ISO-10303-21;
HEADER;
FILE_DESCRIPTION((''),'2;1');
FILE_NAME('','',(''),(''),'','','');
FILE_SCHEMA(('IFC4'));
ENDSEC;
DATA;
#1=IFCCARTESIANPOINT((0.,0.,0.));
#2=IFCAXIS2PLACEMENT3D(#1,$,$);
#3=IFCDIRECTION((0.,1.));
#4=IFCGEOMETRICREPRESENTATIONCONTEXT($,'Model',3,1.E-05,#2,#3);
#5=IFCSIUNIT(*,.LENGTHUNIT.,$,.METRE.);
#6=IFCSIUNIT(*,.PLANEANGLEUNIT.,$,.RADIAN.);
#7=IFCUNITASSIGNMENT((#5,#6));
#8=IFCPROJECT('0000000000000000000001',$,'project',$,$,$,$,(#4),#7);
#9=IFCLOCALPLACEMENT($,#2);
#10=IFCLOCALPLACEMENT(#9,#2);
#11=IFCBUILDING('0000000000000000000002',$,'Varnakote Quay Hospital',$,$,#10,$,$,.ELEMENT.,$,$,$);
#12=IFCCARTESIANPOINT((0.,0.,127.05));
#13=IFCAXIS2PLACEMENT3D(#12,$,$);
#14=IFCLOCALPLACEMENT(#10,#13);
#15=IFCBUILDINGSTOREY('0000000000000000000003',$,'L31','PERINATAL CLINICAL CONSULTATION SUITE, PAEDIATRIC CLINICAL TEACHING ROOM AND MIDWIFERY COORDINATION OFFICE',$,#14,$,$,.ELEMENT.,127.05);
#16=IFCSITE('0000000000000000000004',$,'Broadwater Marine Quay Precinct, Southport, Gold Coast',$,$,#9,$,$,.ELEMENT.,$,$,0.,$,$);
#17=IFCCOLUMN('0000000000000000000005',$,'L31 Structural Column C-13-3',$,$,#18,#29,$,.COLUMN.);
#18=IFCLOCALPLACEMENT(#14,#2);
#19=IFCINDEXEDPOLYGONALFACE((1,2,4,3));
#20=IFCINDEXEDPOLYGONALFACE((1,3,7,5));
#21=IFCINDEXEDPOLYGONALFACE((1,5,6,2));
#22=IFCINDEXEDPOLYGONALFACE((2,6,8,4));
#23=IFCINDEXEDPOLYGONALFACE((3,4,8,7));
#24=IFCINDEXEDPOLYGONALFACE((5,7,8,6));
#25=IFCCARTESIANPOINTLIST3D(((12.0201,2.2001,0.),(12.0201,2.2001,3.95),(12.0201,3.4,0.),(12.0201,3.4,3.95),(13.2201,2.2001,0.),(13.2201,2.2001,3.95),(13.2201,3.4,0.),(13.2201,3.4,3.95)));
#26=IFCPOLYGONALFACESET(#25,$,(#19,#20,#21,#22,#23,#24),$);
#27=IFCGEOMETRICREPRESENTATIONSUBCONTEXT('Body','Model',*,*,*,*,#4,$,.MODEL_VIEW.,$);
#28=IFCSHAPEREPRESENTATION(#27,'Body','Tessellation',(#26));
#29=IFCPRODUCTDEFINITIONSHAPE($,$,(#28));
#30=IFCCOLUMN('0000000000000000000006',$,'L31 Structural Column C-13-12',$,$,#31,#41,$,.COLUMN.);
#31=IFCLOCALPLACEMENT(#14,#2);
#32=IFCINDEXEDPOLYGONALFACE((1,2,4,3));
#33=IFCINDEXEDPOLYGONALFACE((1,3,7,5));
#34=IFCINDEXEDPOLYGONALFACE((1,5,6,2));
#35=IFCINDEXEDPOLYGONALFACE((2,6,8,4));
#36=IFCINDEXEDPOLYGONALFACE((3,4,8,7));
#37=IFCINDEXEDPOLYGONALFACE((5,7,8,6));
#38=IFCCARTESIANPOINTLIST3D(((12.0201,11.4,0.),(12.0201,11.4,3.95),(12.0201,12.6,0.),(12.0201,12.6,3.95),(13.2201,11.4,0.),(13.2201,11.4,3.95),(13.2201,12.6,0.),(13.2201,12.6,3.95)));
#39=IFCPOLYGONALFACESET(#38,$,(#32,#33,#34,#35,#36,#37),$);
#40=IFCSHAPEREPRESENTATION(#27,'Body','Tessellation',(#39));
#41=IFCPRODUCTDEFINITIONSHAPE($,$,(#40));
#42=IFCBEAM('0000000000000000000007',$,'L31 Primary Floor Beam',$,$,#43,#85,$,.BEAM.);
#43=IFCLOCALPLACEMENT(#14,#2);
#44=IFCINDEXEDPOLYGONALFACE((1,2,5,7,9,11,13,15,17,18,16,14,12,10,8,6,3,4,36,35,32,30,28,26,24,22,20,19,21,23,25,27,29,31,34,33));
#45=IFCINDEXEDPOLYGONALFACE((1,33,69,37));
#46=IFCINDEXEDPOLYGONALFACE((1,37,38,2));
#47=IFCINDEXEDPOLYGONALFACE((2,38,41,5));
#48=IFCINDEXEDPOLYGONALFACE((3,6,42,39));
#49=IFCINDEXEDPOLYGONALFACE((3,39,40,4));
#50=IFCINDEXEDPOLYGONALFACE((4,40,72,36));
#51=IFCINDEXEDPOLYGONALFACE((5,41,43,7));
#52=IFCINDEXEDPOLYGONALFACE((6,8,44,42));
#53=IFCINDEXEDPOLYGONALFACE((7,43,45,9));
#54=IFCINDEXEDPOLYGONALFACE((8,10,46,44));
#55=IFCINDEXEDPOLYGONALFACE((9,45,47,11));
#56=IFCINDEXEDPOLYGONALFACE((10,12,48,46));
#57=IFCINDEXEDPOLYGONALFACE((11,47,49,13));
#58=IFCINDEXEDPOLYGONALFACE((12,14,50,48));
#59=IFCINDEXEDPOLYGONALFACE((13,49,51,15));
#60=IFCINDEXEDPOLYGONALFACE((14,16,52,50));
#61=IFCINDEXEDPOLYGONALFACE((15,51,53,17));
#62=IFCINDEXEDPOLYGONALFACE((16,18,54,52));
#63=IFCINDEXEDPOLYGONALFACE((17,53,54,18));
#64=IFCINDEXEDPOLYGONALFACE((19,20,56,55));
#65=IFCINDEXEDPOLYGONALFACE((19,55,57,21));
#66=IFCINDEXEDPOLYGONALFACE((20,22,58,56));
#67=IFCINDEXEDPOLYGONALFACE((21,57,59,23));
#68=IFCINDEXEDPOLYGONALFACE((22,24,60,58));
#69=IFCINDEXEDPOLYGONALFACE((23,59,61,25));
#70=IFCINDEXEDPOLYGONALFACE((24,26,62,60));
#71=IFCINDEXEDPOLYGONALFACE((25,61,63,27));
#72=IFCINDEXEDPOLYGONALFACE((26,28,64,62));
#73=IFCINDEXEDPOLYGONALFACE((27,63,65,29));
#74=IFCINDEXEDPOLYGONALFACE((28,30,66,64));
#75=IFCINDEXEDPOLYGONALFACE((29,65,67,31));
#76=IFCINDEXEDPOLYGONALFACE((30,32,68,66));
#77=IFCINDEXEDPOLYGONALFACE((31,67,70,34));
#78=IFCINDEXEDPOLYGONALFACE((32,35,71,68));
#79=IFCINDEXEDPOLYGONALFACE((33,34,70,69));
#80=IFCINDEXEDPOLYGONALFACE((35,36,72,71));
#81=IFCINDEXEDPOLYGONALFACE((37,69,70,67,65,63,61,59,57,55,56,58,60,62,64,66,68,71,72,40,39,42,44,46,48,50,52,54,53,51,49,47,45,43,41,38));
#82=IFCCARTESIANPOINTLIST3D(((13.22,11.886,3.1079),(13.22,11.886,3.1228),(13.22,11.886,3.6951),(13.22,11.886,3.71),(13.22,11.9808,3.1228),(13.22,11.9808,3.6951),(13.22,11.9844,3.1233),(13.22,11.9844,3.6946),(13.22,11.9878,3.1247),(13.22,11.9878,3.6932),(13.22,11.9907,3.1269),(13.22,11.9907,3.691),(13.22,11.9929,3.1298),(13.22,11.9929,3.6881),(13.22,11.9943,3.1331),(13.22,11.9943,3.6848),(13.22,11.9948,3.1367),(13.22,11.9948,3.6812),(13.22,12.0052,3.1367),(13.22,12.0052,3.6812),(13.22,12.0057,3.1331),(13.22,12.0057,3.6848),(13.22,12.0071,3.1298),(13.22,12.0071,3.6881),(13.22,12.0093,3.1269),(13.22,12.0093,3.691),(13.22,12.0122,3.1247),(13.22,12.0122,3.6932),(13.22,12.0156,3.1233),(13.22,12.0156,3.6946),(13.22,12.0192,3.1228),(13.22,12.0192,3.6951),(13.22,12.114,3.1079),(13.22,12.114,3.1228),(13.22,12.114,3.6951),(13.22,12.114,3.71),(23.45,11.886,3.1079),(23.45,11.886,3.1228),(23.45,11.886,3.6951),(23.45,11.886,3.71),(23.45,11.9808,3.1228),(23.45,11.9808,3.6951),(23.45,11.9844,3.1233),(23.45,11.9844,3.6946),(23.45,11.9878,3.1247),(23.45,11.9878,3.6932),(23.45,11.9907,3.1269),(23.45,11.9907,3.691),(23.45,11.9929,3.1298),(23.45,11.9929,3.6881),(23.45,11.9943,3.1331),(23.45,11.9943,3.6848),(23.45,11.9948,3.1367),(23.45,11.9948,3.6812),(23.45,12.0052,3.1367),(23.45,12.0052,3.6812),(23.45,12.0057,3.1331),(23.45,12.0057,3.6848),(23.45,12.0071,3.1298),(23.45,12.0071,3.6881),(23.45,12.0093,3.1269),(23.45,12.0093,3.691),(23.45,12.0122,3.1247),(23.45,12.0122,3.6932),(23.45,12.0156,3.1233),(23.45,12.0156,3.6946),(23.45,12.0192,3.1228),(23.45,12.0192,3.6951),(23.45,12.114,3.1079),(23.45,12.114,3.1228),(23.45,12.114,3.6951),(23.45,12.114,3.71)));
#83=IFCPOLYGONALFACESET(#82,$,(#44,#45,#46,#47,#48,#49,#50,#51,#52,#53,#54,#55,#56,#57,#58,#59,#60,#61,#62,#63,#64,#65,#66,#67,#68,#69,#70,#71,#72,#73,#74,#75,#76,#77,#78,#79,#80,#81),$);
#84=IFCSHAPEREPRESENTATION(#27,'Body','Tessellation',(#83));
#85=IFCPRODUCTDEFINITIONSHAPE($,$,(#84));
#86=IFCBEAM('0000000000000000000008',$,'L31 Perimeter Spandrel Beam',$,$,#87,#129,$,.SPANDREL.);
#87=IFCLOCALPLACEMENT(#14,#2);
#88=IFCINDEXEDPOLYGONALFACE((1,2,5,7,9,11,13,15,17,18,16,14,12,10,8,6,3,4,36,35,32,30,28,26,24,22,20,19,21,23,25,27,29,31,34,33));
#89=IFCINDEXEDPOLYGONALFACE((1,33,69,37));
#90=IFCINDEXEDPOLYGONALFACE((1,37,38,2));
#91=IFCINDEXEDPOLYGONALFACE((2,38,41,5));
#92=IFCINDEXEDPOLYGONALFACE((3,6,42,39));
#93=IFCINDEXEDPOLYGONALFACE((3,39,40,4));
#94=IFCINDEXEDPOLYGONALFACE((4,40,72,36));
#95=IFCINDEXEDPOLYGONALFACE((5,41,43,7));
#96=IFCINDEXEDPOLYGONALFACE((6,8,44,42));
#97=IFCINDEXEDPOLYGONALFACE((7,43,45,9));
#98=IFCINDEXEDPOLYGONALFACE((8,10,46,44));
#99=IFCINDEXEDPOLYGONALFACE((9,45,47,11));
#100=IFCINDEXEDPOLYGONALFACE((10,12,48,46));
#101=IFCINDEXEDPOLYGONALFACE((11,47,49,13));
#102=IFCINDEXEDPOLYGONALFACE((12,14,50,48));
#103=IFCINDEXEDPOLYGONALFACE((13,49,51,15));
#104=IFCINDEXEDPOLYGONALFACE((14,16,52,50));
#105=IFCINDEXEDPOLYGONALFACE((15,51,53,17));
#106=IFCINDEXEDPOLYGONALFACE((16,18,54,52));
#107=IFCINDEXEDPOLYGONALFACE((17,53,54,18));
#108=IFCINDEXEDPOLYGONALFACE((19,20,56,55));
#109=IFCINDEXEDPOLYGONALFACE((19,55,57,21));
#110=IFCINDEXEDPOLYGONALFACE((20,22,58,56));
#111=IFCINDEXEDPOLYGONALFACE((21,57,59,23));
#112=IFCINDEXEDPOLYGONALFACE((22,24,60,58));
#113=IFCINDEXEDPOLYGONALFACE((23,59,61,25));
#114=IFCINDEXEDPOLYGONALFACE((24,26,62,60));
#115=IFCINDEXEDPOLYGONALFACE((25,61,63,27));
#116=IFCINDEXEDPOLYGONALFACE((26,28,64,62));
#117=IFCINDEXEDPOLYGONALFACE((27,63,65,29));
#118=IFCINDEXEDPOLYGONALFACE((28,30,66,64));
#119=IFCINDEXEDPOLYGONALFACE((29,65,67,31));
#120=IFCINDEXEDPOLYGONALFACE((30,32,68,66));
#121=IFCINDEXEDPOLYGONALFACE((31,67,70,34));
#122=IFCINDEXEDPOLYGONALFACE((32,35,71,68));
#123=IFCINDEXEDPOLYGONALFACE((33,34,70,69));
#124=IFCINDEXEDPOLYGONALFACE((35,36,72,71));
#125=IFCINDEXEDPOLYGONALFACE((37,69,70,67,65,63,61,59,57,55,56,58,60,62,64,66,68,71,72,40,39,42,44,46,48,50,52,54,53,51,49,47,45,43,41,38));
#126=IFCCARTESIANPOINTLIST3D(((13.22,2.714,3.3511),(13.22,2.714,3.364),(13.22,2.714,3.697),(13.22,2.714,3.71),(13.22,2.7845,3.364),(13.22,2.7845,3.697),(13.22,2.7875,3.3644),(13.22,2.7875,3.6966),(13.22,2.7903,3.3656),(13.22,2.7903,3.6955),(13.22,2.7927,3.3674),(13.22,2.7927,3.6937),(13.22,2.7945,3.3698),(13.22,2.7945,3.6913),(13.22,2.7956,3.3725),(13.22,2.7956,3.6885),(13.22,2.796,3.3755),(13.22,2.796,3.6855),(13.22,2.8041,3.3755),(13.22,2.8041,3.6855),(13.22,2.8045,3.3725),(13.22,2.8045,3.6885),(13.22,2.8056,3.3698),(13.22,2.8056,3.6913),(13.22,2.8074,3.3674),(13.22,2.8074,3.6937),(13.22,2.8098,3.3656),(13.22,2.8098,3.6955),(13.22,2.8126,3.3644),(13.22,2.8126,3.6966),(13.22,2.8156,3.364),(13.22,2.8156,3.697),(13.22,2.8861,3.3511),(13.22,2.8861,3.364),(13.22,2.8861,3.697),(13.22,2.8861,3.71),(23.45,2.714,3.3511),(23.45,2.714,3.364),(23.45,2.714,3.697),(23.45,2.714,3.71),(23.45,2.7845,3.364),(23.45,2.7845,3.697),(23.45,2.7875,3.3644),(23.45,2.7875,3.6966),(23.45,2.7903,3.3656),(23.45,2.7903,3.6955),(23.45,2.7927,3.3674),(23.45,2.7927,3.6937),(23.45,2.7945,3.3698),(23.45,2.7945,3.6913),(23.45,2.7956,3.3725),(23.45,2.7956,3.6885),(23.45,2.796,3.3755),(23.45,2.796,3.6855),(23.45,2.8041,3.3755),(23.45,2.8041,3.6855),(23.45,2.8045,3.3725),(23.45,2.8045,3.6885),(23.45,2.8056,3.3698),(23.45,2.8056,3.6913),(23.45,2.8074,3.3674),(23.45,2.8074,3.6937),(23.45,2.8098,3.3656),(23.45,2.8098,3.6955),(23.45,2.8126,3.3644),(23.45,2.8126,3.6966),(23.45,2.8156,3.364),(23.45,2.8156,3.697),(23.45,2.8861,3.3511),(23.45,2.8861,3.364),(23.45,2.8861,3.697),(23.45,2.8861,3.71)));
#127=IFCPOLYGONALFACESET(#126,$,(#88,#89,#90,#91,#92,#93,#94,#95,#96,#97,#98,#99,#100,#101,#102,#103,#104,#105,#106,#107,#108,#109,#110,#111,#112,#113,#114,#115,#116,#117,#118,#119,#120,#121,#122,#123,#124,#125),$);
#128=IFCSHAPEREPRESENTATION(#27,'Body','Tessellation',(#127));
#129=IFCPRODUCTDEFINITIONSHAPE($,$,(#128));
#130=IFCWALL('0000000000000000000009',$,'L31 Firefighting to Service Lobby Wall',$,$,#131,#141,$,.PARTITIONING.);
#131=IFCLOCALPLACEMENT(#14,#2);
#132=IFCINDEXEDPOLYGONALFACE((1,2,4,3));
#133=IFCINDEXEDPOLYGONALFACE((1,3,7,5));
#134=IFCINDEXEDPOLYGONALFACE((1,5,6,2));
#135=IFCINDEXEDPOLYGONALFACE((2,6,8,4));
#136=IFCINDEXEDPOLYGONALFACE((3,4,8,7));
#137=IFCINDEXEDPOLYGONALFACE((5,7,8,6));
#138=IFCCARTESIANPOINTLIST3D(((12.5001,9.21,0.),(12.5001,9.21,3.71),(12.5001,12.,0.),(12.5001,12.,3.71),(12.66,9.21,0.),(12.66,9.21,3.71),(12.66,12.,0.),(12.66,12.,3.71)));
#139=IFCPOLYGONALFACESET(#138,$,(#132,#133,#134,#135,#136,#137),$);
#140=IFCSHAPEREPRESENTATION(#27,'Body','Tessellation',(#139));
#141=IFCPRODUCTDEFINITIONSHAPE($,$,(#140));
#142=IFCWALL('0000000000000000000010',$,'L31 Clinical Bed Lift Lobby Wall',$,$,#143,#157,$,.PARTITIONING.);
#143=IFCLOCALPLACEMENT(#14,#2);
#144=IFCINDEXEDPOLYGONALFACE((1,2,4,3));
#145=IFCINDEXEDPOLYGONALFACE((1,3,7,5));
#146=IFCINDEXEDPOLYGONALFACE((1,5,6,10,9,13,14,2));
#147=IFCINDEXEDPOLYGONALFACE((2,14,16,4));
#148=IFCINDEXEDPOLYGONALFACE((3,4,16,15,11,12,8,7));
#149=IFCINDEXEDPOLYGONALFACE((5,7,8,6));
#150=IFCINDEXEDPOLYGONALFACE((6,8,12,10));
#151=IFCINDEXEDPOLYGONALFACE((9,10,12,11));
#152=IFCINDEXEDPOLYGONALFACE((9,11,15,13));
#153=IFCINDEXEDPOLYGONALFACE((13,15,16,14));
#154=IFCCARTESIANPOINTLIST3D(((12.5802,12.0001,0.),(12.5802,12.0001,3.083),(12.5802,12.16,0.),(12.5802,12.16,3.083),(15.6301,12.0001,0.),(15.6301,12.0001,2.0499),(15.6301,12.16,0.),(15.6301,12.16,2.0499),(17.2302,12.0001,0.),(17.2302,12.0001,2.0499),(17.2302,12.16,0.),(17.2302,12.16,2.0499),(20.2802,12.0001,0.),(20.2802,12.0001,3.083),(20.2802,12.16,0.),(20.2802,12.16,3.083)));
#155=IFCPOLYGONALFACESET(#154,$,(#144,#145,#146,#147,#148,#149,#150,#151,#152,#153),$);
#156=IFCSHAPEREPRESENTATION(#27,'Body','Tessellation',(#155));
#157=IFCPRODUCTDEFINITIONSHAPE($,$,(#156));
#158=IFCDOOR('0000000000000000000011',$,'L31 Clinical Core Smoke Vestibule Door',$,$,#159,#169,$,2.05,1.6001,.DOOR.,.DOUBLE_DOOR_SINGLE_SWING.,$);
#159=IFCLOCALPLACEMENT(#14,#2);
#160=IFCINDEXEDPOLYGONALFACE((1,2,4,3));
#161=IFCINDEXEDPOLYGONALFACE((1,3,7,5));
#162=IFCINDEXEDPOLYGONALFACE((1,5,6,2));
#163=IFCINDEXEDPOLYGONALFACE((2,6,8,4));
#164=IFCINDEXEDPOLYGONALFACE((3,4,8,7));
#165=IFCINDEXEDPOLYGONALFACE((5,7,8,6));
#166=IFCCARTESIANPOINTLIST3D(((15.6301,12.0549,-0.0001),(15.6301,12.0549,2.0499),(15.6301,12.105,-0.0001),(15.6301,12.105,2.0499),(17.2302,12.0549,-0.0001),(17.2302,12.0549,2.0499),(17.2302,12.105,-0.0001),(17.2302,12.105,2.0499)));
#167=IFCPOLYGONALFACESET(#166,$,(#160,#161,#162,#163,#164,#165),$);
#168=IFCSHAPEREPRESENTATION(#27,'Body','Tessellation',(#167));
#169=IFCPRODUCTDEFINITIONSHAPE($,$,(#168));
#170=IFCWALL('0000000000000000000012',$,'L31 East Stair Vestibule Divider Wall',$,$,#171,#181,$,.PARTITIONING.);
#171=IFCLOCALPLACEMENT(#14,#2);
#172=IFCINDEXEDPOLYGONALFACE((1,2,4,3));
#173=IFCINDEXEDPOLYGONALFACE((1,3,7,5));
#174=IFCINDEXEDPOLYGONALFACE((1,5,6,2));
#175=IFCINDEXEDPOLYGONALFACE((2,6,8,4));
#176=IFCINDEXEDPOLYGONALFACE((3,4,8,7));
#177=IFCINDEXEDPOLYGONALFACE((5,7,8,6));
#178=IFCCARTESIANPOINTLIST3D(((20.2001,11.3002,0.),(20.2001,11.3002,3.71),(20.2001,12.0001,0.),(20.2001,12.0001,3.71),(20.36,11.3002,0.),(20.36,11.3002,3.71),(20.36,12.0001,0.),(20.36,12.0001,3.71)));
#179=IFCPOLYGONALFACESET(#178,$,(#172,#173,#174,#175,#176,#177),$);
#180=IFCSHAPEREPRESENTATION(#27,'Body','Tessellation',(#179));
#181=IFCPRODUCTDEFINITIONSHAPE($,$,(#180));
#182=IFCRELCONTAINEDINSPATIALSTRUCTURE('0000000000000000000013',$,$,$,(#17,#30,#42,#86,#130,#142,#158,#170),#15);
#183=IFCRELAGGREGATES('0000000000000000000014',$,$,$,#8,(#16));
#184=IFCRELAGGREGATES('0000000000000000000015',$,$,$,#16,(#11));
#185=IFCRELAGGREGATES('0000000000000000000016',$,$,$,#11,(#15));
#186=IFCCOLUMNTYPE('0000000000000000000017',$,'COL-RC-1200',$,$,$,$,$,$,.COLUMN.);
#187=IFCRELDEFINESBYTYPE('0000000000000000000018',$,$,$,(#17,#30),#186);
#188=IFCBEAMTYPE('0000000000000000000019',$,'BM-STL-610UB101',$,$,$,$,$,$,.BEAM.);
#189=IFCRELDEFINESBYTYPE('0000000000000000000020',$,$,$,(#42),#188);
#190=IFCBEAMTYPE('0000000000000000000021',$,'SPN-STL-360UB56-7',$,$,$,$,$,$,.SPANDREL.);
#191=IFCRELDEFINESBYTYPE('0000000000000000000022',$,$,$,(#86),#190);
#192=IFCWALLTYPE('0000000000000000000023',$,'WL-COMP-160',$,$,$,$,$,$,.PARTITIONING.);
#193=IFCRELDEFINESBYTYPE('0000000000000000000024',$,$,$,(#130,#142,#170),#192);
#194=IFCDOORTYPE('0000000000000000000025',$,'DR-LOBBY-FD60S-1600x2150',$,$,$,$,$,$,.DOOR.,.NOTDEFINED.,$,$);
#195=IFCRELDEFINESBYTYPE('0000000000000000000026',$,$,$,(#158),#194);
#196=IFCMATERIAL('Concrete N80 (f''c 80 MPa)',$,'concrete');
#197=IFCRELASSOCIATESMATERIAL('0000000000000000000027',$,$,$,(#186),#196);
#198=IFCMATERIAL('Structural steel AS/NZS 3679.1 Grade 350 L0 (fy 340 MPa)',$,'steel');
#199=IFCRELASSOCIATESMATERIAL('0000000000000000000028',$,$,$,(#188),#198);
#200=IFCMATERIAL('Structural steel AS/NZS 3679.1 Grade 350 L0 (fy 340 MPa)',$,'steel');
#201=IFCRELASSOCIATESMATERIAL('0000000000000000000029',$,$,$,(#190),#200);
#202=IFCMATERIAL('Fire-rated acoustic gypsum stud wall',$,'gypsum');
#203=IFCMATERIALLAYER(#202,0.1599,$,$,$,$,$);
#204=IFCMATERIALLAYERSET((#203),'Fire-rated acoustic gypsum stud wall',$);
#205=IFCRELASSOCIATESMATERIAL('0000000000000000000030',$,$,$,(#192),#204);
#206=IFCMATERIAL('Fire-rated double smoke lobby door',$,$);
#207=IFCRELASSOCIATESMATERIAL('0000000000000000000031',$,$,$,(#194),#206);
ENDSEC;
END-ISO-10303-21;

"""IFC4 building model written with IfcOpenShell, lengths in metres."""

from ifc_helpers import new_model, si_unit, direction, frame, frame_2d, origin, origin_2d, place, context, subcontext, project, spatial, rectangle, i_section, extrude, material, layer, layer_set, material_profile, profile_set, type_object, element, fill, save


model = new_model("IFC4")

# Units and contexts
model_context = context("Model", 3, precision=1e-05, world=origin(), true_north=direction((0.0, 1.0)))
body_context = subcontext(model_context, "Body", "Model", "MODEL_VIEW")
ifc_project = project(units=[si_unit("LENGTHUNIT", "METRE"), si_unit("PLANEANGLEUNIT", "RADIAN")], contexts=[model_context])

# Site, building, storey
site_placement = place(None, origin())
site = spatial("IfcSite", under=ifc_project, at=site_placement, Name="Broadwater Marine Quay Precinct, Southport, Gold Coast", CompositionType="ELEMENT", RefElevation=0.0)
building_placement = place(site_placement, origin())
building = spatial("IfcBuilding", under=site, at=building_placement, Name="Varnakote Quay Hospital", CompositionType="ELEMENT")
storey_placement = place(building_placement, frame((0.0, 0.0, 127.05)))
storey = spatial("IfcBuildingStorey", under=building, at=storey_placement, Name="L31", Description="PERINATAL CLINICAL CONSULTATION SUITE, PAEDIATRIC CLINICAL TEACHING ROOM AND MIDWIFERY COORDINATION OFFICE", CompositionType="ELEMENT", Elevation=127.05)

# Columns
ifc_material_1 = material(Name="Concrete N80 (f'c 80 MPa)", Category="concrete")
ifc_material_profile_1 = material_profile(ifc_material_1, rectangle(XDim=1.2, YDim=1.2, at=origin_2d()), Name="RC-COL-1200x1200")
ifc_profile_set_1 = profile_set([ifc_material_profile_1], Name="Concrete N80 (f'c 80 MPa)")
column_type = type_object("IfcColumnType", Name="COL-RC-1200", PredefinedType="COLUMN", material=ifc_profile_set_1)
for number, where, z_axis, x_axis, name in (
    (1, (12.6201, 2.8, 0.0), (0.0, 0.0, 1.0), (1.0, 0.0, 0.0), "L31 Structural Column C-13-3"),
    (2, (12.6201, 12.0, 0.0), (0.0, 0.0, 1.0), (1.0, 0.0, 0.0), "L31 Structural Column C-13-12"),
):
    element("IfcColumn", number, at=place(storey_placement, frame(where, z_axis=z_axis, x_axis=x_axis)), inside=storey, type_object=column_type, Name=name, PredefinedType="COLUMN", context=body_context, shape_type="SweptSolid", body=[
        extrude(rectangle(XDim=1.2, YDim=1.2, at=origin_2d()), origin(), (0.0, 0.0, 1.0), 3.95),
    ])

# Beams
ifc_material_2 = material(Name="Structural steel AS/NZS 3679.1 Grade 350 L0 (fy 340 MPa)", Category="steel")
ifc_material_profile_2 = material_profile(ifc_material_2, i_section(OverallWidth=0.228, OverallDepth=0.6021, WebThickness=0.0105, FlangeThickness=0.0149, FilletRadius=0.0139, at=origin_2d()), Name="610UB101")
ifc_profile_set_2 = profile_set([ifc_material_profile_2], Name="Structural steel AS/NZS 3679.1 Grade 350 L0 (fy 340 MPa)")
beam_type_1 = type_object("IfcBeamType", Name="BM-STL-610UB101", PredefinedType="BEAM", material=ifc_profile_set_2)
beam_1_placement = place(storey_placement, frame((13.22, 12.0, 3.4089), z_axis=(1.0, 0.0, 0.0), x_axis=(0.0, 1.0, 0.0)))
element("IfcBeam", 3, at=beam_1_placement, inside=storey, type_object=beam_type_1, Name="L31 Primary Floor Beam", PredefinedType="BEAM", context=body_context, shape_type="SweptSolid", body=[
    extrude(i_section(OverallWidth=0.228, OverallDepth=0.6021, WebThickness=0.0105, FlangeThickness=0.0149, FilletRadius=0.0139, at=origin_2d()), origin(), (0.0, 0.0, 1.0), 10.23),
])
ifc_material_3 = material(Name="Structural steel AS/NZS 3679.1 Grade 350 L0 (fy 340 MPa)", Category="steel")
ifc_material_profile_3 = material_profile(ifc_material_3, i_section(OverallWidth=0.1721, OverallDepth=0.3589, WebThickness=0.0081, FlangeThickness=0.0129, FilletRadius=0.0115, at=origin_2d()), Name="360UB56.7")
ifc_profile_set_3 = profile_set([ifc_material_profile_3], Name="Structural steel AS/NZS 3679.1 Grade 350 L0 (fy 340 MPa)")
beam_type_2 = type_object("IfcBeamType", Name="SPN-STL-360UB56-7", PredefinedType="SPANDREL", material=ifc_profile_set_3)
beam_2_placement = place(storey_placement, frame((13.22, 2.8, 3.5305), z_axis=(1.0, 0.0, 0.0), x_axis=(0.0, 1.0, 0.0)))
element("IfcBeam", 4, at=beam_2_placement, inside=storey, type_object=beam_type_2, Name="L31 Perimeter Spandrel Beam", PredefinedType="SPANDREL", context=body_context, shape_type="SweptSolid", body=[
    extrude(i_section(OverallWidth=0.1721, OverallDepth=0.3589, WebThickness=0.0081, FlangeThickness=0.0129, FilletRadius=0.0115, at=origin_2d()), origin(), (0.0, 0.0, 1.0), 10.23),
])

# Wall
ifc_material_4 = material(Name="Fire-rated acoustic gypsum stud wall", Category="gypsum")
ifc_layer_1 = layer(ifc_material_4, 0.1599)
ifc_layer_set_1 = layer_set([ifc_layer_1], Name="Fire-rated acoustic gypsum stud wall")
wall_type_1 = type_object("IfcWallType", Name="WL-COMP-160", PredefinedType="PARTITIONING", material=ifc_layer_set_1)
wall_1_placement = place(storey_placement, frame((12.5801, 9.21, 0.0), z_axis=(0.0, 0.0, 1.0), x_axis=(0.0, 1.0, 0.0)))
element("IfcWall", 5, at=wall_1_placement, inside=storey, type_object=wall_type_1, Name="L31 Firefighting to Service Lobby Wall", PredefinedType="PARTITIONING", context=body_context, shape_type="SweptSolid", body=[
    extrude(rectangle(XDim=2.79, YDim=0.1599, at=frame_2d((1.395, 0.0))), origin(), (0.0, 0.0, 1.0), 3.71),
])

# Wall, opening, door
wall_2_placement = place(storey_placement, frame((12.5801, 12.0801, 0.0), z_axis=(0.0, 0.0, 1.0), x_axis=(1.0, 0.0, 0.0)))
wall_2 = element("IfcWall", 6, at=wall_2_placement, inside=storey, type_object=wall_type_1, Name="L31 Clinical Bed Lift Lobby Wall", PredefinedType="PARTITIONING", context=body_context, shape_type="SweptSolid", body=[
    extrude(rectangle(XDim=7.7, YDim=0.1599, at=frame_2d((3.8501, 0.0))), origin(), (0.0, 0.0, 1.0), 3.083),
])
opening_1_placement = place(wall_2_placement, frame((3.05, 0.0, 0.0)))
opening_1 = element("IfcOpeningElement", 7, at=opening_1_placement, cuts=wall_2, PredefinedType="OPENING", context=body_context, shape_type="SweptSolid", body=[
    extrude(rectangle(XDim=1.6001, YDim=2.05, at=frame_2d((0.8, 1.0249))), frame((0.0, 0.0898, 0.0), z_axis=(0.0, -1.0, 0.0), x_axis=(1.0, 0.0, 0.0)), (0.0, 0.0, 1.0), 0.1799),
])
ifc_material_5 = material(Name="Fire-rated double smoke lobby door")
door_type_1 = type_object("IfcDoorType", Name="DR-LOBBY-FD60S-1600x2150", OperationType="NOTDEFINED", PredefinedType="DOOR", material=ifc_material_5)
door_1_placement = place(opening_1_placement, origin())
door_1 = element("IfcDoor", 8, at=door_1_placement, inside=storey, type_object=door_type_1, Name="L31 Clinical Core Smoke Vestibule Door", OperationType="DOUBLE_DOOR_SINGLE_SWING", OverallHeight=2.05, OverallWidth=1.6001, PredefinedType="DOOR", context=body_context, shape_type="SweptSolid", body=[
    extrude(rectangle(XDim=1.6001, YDim=2.05, at=frame_2d((0.8, 1.0249))), frame((0.0, 0.0249, 0.0), z_axis=(0.0, -1.0, 0.0), x_axis=(1.0, 0.0, 0.0)), (0.0, 0.0, 1.0), 0.05),
])
fill(opening_1, door_1)

# Wall
wall_3_placement = place(storey_placement, frame((20.28, 11.3, 0.0), z_axis=(0.0, 0.0, 1.0), x_axis=(0.0, 1.0, 0.0)))
element("IfcWall", 9, at=wall_3_placement, inside=storey, type_object=wall_type_1, Name="L31 East Stair Vestibule Divider Wall", PredefinedType="PARTITIONING", context=body_context, shape_type="SweptSolid", body=[
    extrude(rectangle(XDim=0.7, YDim=0.1599, at=frame_2d((0.3501, 0.0))), origin(), (0.0, 0.0, 1.0), 3.71),
])

save(model, "model.ifc")
